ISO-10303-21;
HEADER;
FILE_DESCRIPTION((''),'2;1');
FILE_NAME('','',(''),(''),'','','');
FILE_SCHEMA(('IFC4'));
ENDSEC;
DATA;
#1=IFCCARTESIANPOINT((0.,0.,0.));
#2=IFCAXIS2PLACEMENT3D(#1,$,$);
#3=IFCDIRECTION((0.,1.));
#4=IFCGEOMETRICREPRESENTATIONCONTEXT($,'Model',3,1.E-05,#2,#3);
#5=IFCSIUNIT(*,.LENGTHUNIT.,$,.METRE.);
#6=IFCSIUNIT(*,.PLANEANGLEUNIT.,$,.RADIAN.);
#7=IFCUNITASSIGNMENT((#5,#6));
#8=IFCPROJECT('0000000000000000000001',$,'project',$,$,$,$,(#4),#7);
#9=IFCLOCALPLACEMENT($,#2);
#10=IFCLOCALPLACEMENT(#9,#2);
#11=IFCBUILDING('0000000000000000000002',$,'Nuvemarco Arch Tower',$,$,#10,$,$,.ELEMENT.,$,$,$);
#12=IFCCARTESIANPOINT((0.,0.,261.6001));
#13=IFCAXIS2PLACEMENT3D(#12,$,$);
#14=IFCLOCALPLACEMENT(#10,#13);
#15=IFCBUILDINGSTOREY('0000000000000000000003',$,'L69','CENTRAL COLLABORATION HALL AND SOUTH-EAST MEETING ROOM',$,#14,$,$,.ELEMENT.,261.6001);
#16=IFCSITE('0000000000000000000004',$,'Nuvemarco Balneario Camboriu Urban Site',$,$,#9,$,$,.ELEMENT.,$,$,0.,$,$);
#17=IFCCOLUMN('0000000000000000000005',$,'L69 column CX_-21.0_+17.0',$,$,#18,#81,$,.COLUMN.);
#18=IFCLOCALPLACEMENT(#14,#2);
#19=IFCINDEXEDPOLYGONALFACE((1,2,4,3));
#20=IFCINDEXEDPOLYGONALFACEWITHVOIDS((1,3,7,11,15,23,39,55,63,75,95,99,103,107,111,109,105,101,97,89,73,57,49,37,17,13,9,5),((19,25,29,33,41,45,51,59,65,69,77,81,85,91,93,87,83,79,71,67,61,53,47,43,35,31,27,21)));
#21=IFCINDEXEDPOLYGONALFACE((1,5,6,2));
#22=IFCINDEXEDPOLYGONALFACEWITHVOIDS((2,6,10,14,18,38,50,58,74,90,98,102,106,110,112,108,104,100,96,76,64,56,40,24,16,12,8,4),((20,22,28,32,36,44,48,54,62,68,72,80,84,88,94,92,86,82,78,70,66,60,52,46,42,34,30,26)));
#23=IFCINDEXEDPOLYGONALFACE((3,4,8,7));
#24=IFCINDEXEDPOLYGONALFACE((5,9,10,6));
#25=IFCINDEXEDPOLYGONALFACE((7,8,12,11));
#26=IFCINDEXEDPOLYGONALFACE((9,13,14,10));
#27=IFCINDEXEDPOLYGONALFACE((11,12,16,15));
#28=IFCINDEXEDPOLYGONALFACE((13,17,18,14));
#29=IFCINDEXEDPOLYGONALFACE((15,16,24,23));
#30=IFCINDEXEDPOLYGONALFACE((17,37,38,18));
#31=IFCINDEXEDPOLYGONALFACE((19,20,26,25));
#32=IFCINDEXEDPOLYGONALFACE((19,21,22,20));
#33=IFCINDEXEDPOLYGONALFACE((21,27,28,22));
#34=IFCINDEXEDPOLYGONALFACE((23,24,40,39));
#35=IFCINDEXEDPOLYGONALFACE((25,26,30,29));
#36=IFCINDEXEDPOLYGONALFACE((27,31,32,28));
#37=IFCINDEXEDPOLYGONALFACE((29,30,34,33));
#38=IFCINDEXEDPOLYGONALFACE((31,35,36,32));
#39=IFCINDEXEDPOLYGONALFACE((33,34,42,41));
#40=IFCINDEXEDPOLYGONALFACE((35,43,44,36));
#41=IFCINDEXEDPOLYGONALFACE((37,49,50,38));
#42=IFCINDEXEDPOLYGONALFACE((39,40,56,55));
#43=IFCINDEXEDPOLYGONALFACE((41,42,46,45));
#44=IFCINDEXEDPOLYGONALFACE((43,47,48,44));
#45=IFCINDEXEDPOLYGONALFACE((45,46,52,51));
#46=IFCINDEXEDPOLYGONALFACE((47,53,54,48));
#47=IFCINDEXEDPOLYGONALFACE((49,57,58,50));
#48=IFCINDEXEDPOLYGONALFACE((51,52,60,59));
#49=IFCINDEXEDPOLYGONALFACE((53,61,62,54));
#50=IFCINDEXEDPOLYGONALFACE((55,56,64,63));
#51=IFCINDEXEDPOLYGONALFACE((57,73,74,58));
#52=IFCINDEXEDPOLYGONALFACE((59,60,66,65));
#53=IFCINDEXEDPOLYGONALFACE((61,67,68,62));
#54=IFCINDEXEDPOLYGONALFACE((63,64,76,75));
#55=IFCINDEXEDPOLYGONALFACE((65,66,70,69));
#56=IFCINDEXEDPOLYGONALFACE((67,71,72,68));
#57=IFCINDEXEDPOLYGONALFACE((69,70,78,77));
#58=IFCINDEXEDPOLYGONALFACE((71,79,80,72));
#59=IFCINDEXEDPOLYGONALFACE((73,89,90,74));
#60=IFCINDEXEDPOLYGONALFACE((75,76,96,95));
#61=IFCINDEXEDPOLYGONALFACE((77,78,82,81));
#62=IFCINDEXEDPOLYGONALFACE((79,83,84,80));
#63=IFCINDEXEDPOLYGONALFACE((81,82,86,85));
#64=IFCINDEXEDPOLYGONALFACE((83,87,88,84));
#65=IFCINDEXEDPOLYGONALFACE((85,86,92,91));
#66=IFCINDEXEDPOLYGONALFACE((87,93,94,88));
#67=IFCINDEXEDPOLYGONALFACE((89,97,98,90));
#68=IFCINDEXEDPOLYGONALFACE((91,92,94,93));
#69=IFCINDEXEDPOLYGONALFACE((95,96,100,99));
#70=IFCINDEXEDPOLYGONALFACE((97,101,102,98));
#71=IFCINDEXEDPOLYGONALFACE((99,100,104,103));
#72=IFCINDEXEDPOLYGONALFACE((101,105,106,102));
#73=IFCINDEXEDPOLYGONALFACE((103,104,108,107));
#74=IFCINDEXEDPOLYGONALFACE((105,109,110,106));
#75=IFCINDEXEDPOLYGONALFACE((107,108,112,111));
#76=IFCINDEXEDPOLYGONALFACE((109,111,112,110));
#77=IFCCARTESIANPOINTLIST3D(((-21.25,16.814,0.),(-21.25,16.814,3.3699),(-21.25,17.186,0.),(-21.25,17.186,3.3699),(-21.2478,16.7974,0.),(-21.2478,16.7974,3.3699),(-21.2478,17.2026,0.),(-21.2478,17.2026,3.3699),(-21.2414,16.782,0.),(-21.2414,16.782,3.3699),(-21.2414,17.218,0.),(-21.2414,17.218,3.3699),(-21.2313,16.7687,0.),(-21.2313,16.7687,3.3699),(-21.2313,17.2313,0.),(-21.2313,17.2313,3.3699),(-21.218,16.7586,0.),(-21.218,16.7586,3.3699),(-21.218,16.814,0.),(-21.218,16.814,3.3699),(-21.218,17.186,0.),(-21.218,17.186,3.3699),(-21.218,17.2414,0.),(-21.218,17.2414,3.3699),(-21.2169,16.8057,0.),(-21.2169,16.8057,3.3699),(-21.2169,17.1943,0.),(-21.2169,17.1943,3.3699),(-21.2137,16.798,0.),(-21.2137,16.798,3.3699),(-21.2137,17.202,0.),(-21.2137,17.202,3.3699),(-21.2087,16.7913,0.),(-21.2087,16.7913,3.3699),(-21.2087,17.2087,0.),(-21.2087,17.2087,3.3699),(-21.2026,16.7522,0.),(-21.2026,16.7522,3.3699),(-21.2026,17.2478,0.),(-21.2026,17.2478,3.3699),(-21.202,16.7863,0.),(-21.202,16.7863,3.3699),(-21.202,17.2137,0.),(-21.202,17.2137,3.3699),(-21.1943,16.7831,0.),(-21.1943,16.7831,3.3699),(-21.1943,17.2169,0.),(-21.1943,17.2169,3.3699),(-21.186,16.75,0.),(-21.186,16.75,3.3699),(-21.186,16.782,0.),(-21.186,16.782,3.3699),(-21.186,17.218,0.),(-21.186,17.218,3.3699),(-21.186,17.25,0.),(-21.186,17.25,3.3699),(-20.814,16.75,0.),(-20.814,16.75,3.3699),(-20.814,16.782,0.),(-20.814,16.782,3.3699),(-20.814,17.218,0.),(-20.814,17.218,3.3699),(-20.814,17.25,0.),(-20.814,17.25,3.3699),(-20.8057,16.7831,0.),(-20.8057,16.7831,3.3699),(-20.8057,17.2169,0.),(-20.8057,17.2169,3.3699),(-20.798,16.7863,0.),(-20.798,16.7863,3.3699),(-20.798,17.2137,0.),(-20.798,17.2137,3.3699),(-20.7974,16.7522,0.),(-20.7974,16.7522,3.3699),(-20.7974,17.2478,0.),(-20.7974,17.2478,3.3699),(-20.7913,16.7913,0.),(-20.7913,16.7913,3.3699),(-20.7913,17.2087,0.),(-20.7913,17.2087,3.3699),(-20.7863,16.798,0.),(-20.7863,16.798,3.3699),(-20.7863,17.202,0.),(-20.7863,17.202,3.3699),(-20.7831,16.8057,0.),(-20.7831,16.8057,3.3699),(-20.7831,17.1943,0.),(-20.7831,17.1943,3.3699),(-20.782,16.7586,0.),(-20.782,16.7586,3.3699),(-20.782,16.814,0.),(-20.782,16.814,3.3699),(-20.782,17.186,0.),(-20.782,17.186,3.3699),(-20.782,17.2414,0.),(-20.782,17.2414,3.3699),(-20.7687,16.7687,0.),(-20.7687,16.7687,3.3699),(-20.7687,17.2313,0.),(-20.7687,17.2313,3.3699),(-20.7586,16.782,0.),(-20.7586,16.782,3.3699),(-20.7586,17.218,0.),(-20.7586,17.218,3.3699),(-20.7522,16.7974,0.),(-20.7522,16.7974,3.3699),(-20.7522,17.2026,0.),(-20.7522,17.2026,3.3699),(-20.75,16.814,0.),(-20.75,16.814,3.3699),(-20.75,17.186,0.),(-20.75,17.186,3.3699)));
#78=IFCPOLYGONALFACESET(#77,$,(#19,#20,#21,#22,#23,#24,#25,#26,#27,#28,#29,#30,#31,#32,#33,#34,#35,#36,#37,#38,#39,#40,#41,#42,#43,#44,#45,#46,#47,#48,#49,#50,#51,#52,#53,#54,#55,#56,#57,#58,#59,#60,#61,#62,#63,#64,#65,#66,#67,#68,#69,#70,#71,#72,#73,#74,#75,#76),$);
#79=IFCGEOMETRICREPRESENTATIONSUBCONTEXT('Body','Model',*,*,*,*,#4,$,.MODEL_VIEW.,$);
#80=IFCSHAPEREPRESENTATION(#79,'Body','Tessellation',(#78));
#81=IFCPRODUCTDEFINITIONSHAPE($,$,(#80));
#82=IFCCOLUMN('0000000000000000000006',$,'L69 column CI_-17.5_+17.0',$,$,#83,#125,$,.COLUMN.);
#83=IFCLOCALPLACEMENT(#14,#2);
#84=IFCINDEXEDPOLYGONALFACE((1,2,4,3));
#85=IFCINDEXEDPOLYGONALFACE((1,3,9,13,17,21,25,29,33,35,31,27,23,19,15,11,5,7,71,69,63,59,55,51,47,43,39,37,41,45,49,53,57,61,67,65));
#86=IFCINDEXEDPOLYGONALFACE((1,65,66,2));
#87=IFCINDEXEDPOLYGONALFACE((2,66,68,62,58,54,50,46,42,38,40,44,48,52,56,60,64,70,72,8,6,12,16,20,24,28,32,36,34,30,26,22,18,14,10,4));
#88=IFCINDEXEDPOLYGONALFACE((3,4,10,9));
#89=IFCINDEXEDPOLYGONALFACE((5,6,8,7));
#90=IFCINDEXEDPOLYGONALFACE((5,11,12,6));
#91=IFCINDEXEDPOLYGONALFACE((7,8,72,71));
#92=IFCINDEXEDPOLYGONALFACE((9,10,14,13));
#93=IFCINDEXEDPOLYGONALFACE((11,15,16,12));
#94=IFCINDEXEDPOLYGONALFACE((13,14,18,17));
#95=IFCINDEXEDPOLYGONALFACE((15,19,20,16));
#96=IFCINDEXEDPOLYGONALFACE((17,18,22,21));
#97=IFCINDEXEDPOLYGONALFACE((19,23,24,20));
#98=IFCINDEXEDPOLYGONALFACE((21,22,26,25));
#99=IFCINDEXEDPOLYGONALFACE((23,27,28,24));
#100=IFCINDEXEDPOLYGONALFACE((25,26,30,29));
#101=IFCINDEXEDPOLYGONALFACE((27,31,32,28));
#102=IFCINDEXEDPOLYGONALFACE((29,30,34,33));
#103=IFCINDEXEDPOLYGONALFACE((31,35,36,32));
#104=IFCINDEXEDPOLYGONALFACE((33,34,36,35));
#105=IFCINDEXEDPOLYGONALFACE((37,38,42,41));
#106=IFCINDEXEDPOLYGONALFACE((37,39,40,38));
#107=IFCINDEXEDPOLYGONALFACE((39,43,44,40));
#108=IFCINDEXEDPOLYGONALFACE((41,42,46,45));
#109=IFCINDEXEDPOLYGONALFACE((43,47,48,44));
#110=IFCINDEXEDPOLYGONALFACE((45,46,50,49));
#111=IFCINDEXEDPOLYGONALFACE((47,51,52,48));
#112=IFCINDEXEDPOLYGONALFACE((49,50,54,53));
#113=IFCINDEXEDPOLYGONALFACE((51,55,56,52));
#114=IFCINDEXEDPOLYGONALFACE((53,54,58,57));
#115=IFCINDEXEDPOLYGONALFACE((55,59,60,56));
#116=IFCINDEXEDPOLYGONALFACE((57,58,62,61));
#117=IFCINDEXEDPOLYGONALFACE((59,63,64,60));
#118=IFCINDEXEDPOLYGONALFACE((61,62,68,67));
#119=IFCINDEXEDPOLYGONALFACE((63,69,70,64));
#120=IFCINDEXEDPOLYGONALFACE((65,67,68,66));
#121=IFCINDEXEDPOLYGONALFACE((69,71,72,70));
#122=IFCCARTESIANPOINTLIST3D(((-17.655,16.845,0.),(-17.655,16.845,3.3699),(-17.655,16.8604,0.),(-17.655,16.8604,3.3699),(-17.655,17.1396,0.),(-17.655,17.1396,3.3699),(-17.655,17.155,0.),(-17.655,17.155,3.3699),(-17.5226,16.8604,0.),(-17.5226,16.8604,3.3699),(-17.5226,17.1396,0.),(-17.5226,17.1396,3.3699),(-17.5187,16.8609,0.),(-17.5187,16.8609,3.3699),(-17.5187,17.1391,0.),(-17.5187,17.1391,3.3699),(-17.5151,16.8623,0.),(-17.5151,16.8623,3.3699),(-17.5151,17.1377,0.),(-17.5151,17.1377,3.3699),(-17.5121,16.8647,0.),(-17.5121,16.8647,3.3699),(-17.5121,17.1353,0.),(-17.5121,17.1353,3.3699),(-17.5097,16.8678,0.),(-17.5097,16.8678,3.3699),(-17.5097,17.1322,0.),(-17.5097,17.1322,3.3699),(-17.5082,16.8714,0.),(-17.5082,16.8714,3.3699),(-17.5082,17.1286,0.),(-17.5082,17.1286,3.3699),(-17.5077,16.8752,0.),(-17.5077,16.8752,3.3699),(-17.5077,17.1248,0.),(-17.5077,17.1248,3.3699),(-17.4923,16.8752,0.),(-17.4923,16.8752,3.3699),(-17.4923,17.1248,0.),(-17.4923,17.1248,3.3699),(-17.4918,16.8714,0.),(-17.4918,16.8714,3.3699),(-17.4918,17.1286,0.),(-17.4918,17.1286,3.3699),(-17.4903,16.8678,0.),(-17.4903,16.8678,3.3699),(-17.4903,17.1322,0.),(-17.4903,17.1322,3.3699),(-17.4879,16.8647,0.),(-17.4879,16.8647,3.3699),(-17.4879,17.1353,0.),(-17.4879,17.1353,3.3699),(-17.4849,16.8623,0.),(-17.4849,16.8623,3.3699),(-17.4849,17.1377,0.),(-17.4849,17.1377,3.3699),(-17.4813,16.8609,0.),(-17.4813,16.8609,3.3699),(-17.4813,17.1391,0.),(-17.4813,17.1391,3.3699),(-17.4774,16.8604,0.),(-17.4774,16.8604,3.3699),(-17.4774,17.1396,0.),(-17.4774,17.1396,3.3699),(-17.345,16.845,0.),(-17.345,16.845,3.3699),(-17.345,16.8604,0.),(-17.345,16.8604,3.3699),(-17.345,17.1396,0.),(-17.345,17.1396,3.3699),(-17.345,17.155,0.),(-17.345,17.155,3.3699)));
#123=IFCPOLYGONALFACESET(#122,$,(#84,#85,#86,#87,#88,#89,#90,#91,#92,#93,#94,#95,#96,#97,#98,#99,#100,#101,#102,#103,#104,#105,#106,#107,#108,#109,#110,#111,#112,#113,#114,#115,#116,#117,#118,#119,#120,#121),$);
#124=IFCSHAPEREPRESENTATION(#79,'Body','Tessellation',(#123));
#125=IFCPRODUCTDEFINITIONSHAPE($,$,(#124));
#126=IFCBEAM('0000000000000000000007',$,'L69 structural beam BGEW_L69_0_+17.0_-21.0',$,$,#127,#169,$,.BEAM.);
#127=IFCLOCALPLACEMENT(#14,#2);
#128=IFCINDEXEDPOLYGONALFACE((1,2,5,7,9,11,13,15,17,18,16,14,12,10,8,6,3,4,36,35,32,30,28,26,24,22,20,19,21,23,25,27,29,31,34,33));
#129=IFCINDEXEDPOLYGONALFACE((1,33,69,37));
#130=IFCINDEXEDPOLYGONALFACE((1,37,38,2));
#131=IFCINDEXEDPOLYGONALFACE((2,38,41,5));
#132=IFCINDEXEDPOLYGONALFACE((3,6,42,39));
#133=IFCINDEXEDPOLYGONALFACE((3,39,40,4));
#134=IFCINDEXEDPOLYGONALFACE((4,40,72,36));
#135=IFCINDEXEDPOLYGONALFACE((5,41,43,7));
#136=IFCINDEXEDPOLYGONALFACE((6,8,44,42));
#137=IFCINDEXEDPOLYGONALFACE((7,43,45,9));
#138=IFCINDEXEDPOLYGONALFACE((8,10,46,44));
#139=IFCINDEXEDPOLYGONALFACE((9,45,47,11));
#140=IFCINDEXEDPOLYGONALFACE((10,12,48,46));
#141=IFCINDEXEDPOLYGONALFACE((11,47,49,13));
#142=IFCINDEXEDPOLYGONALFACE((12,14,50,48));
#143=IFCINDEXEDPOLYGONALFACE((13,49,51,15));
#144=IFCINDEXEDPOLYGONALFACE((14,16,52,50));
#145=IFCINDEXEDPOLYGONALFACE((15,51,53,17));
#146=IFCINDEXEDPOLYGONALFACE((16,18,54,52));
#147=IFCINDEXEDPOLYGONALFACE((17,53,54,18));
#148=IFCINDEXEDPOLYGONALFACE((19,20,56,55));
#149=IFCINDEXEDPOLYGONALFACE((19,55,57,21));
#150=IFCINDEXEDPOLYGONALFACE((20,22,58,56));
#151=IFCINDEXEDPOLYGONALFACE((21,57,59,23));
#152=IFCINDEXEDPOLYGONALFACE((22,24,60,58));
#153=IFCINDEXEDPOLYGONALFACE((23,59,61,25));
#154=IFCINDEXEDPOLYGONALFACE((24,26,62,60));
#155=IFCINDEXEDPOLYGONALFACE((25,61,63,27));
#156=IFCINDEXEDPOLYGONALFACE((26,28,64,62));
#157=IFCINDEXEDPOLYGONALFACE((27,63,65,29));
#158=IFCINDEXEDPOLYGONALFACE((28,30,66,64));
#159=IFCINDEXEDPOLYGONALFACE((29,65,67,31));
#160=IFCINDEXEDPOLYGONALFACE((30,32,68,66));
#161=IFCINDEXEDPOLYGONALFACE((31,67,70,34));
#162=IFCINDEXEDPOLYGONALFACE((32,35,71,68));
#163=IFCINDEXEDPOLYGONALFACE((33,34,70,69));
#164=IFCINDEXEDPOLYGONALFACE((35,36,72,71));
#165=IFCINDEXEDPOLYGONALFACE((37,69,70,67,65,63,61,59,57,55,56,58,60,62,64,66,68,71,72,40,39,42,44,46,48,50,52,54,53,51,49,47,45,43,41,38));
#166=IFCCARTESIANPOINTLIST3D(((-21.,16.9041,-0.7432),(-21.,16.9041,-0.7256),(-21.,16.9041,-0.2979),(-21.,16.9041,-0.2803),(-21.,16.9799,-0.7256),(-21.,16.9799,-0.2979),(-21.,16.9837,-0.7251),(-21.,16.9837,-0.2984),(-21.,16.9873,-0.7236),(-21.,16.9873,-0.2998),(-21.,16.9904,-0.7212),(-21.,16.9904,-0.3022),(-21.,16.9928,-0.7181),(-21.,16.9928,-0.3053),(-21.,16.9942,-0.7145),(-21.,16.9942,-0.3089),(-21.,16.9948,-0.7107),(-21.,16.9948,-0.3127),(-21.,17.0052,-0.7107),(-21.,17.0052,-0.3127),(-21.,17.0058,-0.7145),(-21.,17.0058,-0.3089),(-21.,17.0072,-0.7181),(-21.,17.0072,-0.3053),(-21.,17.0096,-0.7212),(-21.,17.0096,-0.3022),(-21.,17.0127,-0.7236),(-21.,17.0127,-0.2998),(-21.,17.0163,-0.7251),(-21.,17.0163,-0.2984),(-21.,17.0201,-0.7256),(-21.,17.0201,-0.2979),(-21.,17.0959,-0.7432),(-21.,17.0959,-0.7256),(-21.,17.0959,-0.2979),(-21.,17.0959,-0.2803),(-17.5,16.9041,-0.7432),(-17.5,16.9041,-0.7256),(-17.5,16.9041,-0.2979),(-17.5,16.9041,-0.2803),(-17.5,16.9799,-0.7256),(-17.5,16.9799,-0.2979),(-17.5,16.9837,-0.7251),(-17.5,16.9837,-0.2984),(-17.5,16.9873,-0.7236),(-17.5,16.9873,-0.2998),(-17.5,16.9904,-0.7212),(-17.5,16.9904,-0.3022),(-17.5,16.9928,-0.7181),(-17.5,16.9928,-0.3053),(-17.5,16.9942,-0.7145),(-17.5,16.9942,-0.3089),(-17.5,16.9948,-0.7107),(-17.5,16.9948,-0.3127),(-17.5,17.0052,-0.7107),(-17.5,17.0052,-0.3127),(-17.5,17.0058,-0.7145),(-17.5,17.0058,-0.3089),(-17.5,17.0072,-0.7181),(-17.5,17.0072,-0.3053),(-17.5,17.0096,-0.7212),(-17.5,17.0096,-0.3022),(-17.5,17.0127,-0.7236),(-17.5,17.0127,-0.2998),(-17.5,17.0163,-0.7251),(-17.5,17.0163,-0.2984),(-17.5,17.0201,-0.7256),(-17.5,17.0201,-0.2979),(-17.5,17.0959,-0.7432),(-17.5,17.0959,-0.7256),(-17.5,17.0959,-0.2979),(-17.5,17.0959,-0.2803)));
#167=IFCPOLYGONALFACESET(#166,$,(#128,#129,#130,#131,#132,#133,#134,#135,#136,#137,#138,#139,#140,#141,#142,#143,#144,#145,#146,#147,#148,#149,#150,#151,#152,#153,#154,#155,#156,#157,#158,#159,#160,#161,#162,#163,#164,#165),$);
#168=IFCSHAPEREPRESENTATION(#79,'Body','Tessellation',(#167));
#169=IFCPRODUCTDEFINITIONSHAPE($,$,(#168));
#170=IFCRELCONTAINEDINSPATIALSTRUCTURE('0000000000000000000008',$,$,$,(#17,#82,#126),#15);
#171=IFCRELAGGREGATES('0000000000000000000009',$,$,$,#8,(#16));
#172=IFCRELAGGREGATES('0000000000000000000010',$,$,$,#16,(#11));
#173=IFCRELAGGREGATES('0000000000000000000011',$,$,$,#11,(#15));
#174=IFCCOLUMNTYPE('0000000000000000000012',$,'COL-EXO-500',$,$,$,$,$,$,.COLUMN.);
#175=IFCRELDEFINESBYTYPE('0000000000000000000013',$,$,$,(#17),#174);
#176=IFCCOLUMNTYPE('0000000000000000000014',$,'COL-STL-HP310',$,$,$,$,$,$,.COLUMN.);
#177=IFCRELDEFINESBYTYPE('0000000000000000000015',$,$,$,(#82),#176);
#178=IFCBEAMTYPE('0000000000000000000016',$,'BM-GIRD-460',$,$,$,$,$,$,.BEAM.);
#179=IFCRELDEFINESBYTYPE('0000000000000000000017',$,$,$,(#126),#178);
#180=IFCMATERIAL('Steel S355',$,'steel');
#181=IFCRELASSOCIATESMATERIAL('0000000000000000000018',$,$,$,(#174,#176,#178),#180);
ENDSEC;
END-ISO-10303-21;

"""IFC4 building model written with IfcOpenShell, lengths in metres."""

from ifc_helpers import new_model, si_unit, direction, frame, origin, origin_2d, place, context, subcontext, project, spatial, hollow_rectangle, i_section, extrude, material, material_profile, profile_set, type_object, element, save


model = new_model("IFC4")

# Units and contexts
model_context = context("Model", 3, precision=1e-05, world=origin(), true_north=direction((0.0, 1.0)))
body_context = subcontext(model_context, "Body", "Model", "MODEL_VIEW")
ifc_project = project(units=[si_unit("LENGTHUNIT", "METRE"), si_unit("PLANEANGLEUNIT", "RADIAN")], contexts=[model_context])

# Site, building, storey
site_placement = place(None, origin())
site = spatial("IfcSite", under=ifc_project, at=site_placement, Name="Nuvemarco Balneario Camboriu Urban Site", CompositionType="ELEMENT", RefElevation=0.0)
building_placement = place(site_placement, origin())
building = spatial("IfcBuilding", under=site, at=building_placement, Name="Nuvemarco Arch Tower", CompositionType="ELEMENT")
storey_placement = place(building_placement, frame((0.0, 0.0, 261.6001)))
storey = spatial("IfcBuildingStorey", under=building, at=storey_placement, Name="L69", Description="CENTRAL COLLABORATION HALL AND SOUTH-EAST MEETING ROOM", CompositionType="ELEMENT", Elevation=261.6001)

# Columns
ifc_material_1 = material(Name="Steel S355", Category="steel")
ifc_material_profile_1 = material_profile(ifc_material_1, hollow_rectangle(XDim=0.5, YDim=0.5, WallThickness=0.032, InnerFilletRadius=0.032, OuterFilletRadius=0.064, at=origin_2d()), Name="SHS500x500x32")
ifc_profile_set_1 = profile_set([ifc_material_profile_1], Name="Steel S355")
column_type_1 = type_object("IfcColumnType", Name="COL-EXO-500", PredefinedType="COLUMN", material=ifc_profile_set_1)
column_1_placement = place(storey_placement, frame((-21.0, 17.0, 0.0), z_axis=(0.0, 0.0, 1.0), x_axis=(1.0, 0.0, 0.0)))
element("IfcColumn", 1, at=column_1_placement, inside=storey, type_object=column_type_1, Name="L69 column CX_-21.0_+17.0", PredefinedType="COLUMN", context=body_context, shape_type="SweptSolid", body=[
    extrude(hollow_rectangle(XDim=0.5, YDim=0.5, WallThickness=0.032, InnerFilletRadius=0.032, OuterFilletRadius=0.064, at=origin_2d()), origin(), (0.0, 0.0, 1.0), 3.3699),
])
ifc_material_profile_2 = material_profile(ifc_material_1, i_section(OverallWidth=0.3101, OverallDepth=0.3101, WebThickness=0.0154, FlangeThickness=0.0154, FilletRadius=0.0149, at=origin_2d()), Name="HP310x110")
ifc_profile_set_2 = profile_set([ifc_material_profile_2], Name="Steel S355")
column_type_2 = type_object("IfcColumnType", Name="COL-STL-HP310", PredefinedType="COLUMN", material=ifc_profile_set_2)
column_2_placement = place(storey_placement, frame((-17.5, 17.0, 0.0), z_axis=(0.0, 0.0, 1.0), x_axis=(1.0, 0.0, 0.0)))
element("IfcColumn", 2, at=column_2_placement, inside=storey, type_object=column_type_2, Name="L69 column CI_-17.5_+17.0", PredefinedType="COLUMN", context=body_context, shape_type="SweptSolid", body=[
    extrude(i_section(OverallWidth=0.3101, OverallDepth=0.3101, WebThickness=0.0154, FlangeThickness=0.0154, FilletRadius=0.0149, at=origin_2d()), origin(), (0.0, 0.0, 1.0), 3.3699),
])

# Beam
ifc_material_profile_3 = material_profile(ifc_material_1, i_section(OverallWidth=0.1919, OverallDepth=0.4629, WebThickness=0.0105, FlangeThickness=0.0176, FilletRadius=0.0149, at=origin_2d()), Name="W460x89")
ifc_profile_set_3 = profile_set([ifc_material_profile_3], Name="Steel S355")
beam_type_1 = type_object("IfcBeamType", Name="BM-GIRD-460", PredefinedType="BEAM", material=ifc_profile_set_3)
beam_1_placement = place(storey_placement, frame((-21.0, 17.0, -0.5117), z_axis=(1.0, 0.0, 0.0), x_axis=(0.0, 1.0, 0.0)))
element("IfcBeam", 3, at=beam_1_placement, inside=storey, type_object=beam_type_1, Name="L69 structural beam BGEW_L69_0_+17.0_-21.0", PredefinedType="BEAM", context=body_context, shape_type="SweptSolid", body=[
    extrude(i_section(OverallWidth=0.1919, OverallDepth=0.4629, WebThickness=0.0105, FlangeThickness=0.0176, FilletRadius=0.0149, at=origin_2d()), origin(), (0.0, 0.0, 1.0), 3.5),
])

save(model, "model.ifc")
